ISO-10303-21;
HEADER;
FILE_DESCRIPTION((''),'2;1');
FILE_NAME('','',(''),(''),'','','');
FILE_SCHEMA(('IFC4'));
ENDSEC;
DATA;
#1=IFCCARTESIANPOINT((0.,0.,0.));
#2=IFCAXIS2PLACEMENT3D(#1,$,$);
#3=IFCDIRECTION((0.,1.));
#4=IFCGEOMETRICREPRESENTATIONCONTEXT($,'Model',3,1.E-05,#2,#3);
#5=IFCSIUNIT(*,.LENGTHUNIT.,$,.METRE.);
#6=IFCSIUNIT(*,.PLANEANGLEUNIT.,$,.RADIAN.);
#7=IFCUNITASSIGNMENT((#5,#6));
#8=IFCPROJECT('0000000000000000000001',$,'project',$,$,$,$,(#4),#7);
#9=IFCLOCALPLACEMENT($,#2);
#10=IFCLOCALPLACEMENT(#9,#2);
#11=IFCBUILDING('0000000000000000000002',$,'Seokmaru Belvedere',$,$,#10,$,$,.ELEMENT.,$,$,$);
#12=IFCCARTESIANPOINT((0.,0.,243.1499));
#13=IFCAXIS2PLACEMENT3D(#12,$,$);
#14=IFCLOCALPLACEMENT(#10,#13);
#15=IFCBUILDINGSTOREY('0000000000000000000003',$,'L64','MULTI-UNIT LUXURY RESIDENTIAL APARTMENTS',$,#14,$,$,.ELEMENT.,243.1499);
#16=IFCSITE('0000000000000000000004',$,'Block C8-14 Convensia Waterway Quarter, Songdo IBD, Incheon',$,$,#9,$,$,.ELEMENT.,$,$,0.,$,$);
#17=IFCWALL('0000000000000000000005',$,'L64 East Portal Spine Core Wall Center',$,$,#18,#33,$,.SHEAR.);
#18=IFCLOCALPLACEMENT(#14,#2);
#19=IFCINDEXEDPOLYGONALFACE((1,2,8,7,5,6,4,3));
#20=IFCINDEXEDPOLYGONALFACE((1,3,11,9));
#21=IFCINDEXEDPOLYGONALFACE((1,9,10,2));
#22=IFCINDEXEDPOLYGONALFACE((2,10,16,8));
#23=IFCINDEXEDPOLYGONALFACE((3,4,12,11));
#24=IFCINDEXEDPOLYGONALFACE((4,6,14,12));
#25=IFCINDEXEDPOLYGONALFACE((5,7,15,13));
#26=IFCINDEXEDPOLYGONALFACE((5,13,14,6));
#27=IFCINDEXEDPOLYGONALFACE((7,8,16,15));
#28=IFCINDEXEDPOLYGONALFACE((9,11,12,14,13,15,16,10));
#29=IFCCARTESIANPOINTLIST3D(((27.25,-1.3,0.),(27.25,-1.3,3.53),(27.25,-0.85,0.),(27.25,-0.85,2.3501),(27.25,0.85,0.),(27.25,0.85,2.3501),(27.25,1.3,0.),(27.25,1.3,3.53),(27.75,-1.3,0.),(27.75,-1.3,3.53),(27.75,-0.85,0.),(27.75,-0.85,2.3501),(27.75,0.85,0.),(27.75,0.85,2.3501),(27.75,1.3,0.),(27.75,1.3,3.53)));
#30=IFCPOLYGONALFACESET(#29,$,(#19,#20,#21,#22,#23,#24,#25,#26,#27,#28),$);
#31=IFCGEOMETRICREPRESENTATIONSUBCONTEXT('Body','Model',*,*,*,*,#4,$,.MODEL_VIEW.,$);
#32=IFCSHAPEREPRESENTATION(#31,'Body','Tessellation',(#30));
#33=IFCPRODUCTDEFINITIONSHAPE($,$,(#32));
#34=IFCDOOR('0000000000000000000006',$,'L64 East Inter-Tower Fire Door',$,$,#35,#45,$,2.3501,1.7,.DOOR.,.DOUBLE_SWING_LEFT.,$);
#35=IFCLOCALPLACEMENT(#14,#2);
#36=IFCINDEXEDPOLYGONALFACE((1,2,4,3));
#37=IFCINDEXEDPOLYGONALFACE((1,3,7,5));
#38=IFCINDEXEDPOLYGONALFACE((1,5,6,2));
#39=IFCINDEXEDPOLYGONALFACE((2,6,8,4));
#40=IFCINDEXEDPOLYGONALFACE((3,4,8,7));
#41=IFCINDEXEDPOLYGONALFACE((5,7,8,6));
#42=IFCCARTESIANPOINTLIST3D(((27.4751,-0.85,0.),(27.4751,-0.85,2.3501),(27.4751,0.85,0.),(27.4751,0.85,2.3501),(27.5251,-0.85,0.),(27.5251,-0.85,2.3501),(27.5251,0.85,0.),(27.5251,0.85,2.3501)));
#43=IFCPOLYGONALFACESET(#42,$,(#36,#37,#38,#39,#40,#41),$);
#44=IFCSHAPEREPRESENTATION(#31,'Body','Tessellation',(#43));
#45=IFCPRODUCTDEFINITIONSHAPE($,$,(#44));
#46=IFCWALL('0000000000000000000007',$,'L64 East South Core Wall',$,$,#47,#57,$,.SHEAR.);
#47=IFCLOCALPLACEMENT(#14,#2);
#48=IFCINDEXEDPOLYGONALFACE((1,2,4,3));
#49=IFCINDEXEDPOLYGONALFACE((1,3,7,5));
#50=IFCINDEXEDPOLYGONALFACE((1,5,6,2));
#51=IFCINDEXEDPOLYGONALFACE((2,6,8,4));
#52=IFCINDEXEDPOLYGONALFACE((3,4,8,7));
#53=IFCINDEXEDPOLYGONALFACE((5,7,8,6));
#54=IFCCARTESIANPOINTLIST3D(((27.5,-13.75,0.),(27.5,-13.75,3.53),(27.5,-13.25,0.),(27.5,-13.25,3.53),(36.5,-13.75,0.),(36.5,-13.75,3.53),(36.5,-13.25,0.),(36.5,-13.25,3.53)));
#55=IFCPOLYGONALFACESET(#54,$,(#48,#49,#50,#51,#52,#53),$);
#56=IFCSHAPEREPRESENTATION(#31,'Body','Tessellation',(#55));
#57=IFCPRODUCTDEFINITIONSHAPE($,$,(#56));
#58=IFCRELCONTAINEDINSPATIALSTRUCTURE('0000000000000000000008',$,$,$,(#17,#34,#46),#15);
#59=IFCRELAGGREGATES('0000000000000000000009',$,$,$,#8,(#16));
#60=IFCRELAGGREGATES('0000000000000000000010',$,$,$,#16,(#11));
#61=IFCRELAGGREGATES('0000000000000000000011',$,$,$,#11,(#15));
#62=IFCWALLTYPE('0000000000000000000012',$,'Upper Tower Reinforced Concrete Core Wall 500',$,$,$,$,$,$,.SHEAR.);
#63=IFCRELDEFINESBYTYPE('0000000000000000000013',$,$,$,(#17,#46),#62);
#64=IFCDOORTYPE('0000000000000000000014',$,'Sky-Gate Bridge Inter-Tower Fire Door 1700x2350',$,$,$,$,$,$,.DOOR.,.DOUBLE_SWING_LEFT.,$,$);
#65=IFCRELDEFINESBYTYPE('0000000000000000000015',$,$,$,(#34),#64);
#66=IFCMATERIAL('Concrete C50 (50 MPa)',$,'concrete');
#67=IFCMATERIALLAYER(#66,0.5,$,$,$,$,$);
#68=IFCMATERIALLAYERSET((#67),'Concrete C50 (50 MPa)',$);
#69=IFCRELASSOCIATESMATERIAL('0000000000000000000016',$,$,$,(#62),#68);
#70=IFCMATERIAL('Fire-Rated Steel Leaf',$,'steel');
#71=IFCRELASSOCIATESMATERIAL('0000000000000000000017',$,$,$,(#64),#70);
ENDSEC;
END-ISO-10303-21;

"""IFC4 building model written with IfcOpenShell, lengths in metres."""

from ifc_helpers import new_model, si_unit, direction, frame, frame_2d, origin, place, context, subcontext, project, spatial, rectangle, extrude, source, transform, mapped, material, layer, layer_set, type_object, type_shapes, element, fill, save


model = new_model("IFC4")

# Units and contexts
model_context = context("Model", 3, precision=1e-05, world=origin(), true_north=direction((0.0, 1.0)))
body_context = subcontext(model_context, "Body", "Model", "MODEL_VIEW")
ifc_project = project(units=[si_unit("LENGTHUNIT", "METRE"), si_unit("PLANEANGLEUNIT", "RADIAN")], contexts=[model_context])

# Site, building, storey
site_placement = place(None, origin())
site = spatial("IfcSite", under=ifc_project, at=site_placement, Name="Block C8-14 Convensia Waterway Quarter, Songdo IBD, Incheon", CompositionType="ELEMENT", RefElevation=0.0)
building_placement = place(site_placement, origin())
building = spatial("IfcBuilding", under=site, at=building_placement, Name="Seokmaru Belvedere", CompositionType="ELEMENT")
storey_placement = place(building_placement, frame((0.0, 0.0, 243.1499)))
storey = spatial("IfcBuildingStorey", under=building, at=storey_placement, Name="L64", Description="MULTI-UNIT LUXURY RESIDENTIAL APARTMENTS", CompositionType="ELEMENT", Elevation=243.1499)

# Shared definitions
ifc_material_1 = material(Name="Fire-Rated Steel Leaf", Category="steel")

# Shared definitions
ifc_material_2 = material(Name="Concrete C50 (50 MPa)", Category="concrete")

# Shared definitions
ifc_layer_1 = layer(ifc_material_2, 0.5)
ifc_layer_set_1 = layer_set([ifc_layer_1], Name="Concrete C50 (50 MPa)")
wall_type_1 = type_object("IfcWallType", Name="Upper Tower Reinforced Concrete Core Wall 500", PredefinedType="SHEAR", material=ifc_layer_set_1)

# Wall, opening, door
wall_1_placement = place(storey_placement, frame((27.5, -1.3, 0.0), z_axis=(0.0, 0.0, 1.0), x_axis=(0.0, 1.0, 0.0)))
wall_1 = element("IfcWall", 1, at=wall_1_placement, inside=storey, type_object=wall_type_1, Name="L64 East Portal Spine Core Wall Center", PredefinedType="SHEAR", context=body_context, shape_type="SweptSolid", body=[
    extrude(rectangle(XDim=2.6001, YDim=0.5, at=frame_2d((1.3, 0.0))), origin(), (0.0, 0.0, 1.0), 3.53),
])
opening_1_placement = place(wall_1_placement, frame((0.45, 0.0, 0.0)))
opening_1 = element("IfcOpeningElement", 2, at=opening_1_placement, cuts=wall_1, PredefinedType="OPENING", context=body_context, shape_type="SweptSolid", body=[
    extrude(rectangle(XDim=1.7, YDim=2.3501, at=frame_2d((0.8501, 1.175))), frame((0.0, 0.26, 0.0), z_axis=(0.0, -1.0, 0.0), x_axis=(1.0, 0.0, 0.0)), (0.0, 0.0, 1.0), 0.52),
])
door_type_1 = type_object("IfcDoorType", Name="Sky-Gate Bridge Inter-Tower Fire Door 1700x2350", OperationType="DOUBLE_SWING_LEFT", PredefinedType="DOOR", material=ifc_material_1)
shared_shape_1 = source(origin(), body_context, "Body", "SweptSolid", [
    extrude(rectangle(XDim=1.7, YDim=2.3501, at=frame_2d((0.8501, 1.175))), frame((0.0, 0.0249, 0.0), z_axis=(0.0, -1.0, 0.0), x_axis=(1.0, 0.0, 0.0)), (0.0, 0.0, 1.0), 0.05),
])
type_shapes(door_type_1, [shared_shape_1])
door_1_placement = place(opening_1_placement, origin())
door_1 = element("IfcDoor", 3, at=door_1_placement, inside=storey, type_object=door_type_1, Name="L64 East Inter-Tower Fire Door", OperationType="DOUBLE_SWING_LEFT", OverallHeight=2.3501, OverallWidth=1.7, PredefinedType="DOOR", context=body_context, shape_type="MappedRepresentation", body=[
    mapped(shared_shape_1, transform((0.0, 0.0, 0.0), scale=1.0)),
])
fill(opening_1, door_1)

# Wall
wall_2_placement = place(storey_placement, frame((27.5, -13.5, 0.0), z_axis=(0.0, 0.0, 1.0), x_axis=(1.0, 0.0, 0.0)))
element("IfcWall", 4, at=wall_2_placement, inside=storey, type_object=wall_type_1, Name="L64 East South Core Wall", PredefinedType="SHEAR", context=body_context, shape_type="SweptSolid", body=[
    extrude(rectangle(XDim=9.0, YDim=0.5, at=frame_2d((4.5, 0.0))), origin(), (0.0, 0.0, 1.0), 3.53),
])

save(model, "model.ifc")
